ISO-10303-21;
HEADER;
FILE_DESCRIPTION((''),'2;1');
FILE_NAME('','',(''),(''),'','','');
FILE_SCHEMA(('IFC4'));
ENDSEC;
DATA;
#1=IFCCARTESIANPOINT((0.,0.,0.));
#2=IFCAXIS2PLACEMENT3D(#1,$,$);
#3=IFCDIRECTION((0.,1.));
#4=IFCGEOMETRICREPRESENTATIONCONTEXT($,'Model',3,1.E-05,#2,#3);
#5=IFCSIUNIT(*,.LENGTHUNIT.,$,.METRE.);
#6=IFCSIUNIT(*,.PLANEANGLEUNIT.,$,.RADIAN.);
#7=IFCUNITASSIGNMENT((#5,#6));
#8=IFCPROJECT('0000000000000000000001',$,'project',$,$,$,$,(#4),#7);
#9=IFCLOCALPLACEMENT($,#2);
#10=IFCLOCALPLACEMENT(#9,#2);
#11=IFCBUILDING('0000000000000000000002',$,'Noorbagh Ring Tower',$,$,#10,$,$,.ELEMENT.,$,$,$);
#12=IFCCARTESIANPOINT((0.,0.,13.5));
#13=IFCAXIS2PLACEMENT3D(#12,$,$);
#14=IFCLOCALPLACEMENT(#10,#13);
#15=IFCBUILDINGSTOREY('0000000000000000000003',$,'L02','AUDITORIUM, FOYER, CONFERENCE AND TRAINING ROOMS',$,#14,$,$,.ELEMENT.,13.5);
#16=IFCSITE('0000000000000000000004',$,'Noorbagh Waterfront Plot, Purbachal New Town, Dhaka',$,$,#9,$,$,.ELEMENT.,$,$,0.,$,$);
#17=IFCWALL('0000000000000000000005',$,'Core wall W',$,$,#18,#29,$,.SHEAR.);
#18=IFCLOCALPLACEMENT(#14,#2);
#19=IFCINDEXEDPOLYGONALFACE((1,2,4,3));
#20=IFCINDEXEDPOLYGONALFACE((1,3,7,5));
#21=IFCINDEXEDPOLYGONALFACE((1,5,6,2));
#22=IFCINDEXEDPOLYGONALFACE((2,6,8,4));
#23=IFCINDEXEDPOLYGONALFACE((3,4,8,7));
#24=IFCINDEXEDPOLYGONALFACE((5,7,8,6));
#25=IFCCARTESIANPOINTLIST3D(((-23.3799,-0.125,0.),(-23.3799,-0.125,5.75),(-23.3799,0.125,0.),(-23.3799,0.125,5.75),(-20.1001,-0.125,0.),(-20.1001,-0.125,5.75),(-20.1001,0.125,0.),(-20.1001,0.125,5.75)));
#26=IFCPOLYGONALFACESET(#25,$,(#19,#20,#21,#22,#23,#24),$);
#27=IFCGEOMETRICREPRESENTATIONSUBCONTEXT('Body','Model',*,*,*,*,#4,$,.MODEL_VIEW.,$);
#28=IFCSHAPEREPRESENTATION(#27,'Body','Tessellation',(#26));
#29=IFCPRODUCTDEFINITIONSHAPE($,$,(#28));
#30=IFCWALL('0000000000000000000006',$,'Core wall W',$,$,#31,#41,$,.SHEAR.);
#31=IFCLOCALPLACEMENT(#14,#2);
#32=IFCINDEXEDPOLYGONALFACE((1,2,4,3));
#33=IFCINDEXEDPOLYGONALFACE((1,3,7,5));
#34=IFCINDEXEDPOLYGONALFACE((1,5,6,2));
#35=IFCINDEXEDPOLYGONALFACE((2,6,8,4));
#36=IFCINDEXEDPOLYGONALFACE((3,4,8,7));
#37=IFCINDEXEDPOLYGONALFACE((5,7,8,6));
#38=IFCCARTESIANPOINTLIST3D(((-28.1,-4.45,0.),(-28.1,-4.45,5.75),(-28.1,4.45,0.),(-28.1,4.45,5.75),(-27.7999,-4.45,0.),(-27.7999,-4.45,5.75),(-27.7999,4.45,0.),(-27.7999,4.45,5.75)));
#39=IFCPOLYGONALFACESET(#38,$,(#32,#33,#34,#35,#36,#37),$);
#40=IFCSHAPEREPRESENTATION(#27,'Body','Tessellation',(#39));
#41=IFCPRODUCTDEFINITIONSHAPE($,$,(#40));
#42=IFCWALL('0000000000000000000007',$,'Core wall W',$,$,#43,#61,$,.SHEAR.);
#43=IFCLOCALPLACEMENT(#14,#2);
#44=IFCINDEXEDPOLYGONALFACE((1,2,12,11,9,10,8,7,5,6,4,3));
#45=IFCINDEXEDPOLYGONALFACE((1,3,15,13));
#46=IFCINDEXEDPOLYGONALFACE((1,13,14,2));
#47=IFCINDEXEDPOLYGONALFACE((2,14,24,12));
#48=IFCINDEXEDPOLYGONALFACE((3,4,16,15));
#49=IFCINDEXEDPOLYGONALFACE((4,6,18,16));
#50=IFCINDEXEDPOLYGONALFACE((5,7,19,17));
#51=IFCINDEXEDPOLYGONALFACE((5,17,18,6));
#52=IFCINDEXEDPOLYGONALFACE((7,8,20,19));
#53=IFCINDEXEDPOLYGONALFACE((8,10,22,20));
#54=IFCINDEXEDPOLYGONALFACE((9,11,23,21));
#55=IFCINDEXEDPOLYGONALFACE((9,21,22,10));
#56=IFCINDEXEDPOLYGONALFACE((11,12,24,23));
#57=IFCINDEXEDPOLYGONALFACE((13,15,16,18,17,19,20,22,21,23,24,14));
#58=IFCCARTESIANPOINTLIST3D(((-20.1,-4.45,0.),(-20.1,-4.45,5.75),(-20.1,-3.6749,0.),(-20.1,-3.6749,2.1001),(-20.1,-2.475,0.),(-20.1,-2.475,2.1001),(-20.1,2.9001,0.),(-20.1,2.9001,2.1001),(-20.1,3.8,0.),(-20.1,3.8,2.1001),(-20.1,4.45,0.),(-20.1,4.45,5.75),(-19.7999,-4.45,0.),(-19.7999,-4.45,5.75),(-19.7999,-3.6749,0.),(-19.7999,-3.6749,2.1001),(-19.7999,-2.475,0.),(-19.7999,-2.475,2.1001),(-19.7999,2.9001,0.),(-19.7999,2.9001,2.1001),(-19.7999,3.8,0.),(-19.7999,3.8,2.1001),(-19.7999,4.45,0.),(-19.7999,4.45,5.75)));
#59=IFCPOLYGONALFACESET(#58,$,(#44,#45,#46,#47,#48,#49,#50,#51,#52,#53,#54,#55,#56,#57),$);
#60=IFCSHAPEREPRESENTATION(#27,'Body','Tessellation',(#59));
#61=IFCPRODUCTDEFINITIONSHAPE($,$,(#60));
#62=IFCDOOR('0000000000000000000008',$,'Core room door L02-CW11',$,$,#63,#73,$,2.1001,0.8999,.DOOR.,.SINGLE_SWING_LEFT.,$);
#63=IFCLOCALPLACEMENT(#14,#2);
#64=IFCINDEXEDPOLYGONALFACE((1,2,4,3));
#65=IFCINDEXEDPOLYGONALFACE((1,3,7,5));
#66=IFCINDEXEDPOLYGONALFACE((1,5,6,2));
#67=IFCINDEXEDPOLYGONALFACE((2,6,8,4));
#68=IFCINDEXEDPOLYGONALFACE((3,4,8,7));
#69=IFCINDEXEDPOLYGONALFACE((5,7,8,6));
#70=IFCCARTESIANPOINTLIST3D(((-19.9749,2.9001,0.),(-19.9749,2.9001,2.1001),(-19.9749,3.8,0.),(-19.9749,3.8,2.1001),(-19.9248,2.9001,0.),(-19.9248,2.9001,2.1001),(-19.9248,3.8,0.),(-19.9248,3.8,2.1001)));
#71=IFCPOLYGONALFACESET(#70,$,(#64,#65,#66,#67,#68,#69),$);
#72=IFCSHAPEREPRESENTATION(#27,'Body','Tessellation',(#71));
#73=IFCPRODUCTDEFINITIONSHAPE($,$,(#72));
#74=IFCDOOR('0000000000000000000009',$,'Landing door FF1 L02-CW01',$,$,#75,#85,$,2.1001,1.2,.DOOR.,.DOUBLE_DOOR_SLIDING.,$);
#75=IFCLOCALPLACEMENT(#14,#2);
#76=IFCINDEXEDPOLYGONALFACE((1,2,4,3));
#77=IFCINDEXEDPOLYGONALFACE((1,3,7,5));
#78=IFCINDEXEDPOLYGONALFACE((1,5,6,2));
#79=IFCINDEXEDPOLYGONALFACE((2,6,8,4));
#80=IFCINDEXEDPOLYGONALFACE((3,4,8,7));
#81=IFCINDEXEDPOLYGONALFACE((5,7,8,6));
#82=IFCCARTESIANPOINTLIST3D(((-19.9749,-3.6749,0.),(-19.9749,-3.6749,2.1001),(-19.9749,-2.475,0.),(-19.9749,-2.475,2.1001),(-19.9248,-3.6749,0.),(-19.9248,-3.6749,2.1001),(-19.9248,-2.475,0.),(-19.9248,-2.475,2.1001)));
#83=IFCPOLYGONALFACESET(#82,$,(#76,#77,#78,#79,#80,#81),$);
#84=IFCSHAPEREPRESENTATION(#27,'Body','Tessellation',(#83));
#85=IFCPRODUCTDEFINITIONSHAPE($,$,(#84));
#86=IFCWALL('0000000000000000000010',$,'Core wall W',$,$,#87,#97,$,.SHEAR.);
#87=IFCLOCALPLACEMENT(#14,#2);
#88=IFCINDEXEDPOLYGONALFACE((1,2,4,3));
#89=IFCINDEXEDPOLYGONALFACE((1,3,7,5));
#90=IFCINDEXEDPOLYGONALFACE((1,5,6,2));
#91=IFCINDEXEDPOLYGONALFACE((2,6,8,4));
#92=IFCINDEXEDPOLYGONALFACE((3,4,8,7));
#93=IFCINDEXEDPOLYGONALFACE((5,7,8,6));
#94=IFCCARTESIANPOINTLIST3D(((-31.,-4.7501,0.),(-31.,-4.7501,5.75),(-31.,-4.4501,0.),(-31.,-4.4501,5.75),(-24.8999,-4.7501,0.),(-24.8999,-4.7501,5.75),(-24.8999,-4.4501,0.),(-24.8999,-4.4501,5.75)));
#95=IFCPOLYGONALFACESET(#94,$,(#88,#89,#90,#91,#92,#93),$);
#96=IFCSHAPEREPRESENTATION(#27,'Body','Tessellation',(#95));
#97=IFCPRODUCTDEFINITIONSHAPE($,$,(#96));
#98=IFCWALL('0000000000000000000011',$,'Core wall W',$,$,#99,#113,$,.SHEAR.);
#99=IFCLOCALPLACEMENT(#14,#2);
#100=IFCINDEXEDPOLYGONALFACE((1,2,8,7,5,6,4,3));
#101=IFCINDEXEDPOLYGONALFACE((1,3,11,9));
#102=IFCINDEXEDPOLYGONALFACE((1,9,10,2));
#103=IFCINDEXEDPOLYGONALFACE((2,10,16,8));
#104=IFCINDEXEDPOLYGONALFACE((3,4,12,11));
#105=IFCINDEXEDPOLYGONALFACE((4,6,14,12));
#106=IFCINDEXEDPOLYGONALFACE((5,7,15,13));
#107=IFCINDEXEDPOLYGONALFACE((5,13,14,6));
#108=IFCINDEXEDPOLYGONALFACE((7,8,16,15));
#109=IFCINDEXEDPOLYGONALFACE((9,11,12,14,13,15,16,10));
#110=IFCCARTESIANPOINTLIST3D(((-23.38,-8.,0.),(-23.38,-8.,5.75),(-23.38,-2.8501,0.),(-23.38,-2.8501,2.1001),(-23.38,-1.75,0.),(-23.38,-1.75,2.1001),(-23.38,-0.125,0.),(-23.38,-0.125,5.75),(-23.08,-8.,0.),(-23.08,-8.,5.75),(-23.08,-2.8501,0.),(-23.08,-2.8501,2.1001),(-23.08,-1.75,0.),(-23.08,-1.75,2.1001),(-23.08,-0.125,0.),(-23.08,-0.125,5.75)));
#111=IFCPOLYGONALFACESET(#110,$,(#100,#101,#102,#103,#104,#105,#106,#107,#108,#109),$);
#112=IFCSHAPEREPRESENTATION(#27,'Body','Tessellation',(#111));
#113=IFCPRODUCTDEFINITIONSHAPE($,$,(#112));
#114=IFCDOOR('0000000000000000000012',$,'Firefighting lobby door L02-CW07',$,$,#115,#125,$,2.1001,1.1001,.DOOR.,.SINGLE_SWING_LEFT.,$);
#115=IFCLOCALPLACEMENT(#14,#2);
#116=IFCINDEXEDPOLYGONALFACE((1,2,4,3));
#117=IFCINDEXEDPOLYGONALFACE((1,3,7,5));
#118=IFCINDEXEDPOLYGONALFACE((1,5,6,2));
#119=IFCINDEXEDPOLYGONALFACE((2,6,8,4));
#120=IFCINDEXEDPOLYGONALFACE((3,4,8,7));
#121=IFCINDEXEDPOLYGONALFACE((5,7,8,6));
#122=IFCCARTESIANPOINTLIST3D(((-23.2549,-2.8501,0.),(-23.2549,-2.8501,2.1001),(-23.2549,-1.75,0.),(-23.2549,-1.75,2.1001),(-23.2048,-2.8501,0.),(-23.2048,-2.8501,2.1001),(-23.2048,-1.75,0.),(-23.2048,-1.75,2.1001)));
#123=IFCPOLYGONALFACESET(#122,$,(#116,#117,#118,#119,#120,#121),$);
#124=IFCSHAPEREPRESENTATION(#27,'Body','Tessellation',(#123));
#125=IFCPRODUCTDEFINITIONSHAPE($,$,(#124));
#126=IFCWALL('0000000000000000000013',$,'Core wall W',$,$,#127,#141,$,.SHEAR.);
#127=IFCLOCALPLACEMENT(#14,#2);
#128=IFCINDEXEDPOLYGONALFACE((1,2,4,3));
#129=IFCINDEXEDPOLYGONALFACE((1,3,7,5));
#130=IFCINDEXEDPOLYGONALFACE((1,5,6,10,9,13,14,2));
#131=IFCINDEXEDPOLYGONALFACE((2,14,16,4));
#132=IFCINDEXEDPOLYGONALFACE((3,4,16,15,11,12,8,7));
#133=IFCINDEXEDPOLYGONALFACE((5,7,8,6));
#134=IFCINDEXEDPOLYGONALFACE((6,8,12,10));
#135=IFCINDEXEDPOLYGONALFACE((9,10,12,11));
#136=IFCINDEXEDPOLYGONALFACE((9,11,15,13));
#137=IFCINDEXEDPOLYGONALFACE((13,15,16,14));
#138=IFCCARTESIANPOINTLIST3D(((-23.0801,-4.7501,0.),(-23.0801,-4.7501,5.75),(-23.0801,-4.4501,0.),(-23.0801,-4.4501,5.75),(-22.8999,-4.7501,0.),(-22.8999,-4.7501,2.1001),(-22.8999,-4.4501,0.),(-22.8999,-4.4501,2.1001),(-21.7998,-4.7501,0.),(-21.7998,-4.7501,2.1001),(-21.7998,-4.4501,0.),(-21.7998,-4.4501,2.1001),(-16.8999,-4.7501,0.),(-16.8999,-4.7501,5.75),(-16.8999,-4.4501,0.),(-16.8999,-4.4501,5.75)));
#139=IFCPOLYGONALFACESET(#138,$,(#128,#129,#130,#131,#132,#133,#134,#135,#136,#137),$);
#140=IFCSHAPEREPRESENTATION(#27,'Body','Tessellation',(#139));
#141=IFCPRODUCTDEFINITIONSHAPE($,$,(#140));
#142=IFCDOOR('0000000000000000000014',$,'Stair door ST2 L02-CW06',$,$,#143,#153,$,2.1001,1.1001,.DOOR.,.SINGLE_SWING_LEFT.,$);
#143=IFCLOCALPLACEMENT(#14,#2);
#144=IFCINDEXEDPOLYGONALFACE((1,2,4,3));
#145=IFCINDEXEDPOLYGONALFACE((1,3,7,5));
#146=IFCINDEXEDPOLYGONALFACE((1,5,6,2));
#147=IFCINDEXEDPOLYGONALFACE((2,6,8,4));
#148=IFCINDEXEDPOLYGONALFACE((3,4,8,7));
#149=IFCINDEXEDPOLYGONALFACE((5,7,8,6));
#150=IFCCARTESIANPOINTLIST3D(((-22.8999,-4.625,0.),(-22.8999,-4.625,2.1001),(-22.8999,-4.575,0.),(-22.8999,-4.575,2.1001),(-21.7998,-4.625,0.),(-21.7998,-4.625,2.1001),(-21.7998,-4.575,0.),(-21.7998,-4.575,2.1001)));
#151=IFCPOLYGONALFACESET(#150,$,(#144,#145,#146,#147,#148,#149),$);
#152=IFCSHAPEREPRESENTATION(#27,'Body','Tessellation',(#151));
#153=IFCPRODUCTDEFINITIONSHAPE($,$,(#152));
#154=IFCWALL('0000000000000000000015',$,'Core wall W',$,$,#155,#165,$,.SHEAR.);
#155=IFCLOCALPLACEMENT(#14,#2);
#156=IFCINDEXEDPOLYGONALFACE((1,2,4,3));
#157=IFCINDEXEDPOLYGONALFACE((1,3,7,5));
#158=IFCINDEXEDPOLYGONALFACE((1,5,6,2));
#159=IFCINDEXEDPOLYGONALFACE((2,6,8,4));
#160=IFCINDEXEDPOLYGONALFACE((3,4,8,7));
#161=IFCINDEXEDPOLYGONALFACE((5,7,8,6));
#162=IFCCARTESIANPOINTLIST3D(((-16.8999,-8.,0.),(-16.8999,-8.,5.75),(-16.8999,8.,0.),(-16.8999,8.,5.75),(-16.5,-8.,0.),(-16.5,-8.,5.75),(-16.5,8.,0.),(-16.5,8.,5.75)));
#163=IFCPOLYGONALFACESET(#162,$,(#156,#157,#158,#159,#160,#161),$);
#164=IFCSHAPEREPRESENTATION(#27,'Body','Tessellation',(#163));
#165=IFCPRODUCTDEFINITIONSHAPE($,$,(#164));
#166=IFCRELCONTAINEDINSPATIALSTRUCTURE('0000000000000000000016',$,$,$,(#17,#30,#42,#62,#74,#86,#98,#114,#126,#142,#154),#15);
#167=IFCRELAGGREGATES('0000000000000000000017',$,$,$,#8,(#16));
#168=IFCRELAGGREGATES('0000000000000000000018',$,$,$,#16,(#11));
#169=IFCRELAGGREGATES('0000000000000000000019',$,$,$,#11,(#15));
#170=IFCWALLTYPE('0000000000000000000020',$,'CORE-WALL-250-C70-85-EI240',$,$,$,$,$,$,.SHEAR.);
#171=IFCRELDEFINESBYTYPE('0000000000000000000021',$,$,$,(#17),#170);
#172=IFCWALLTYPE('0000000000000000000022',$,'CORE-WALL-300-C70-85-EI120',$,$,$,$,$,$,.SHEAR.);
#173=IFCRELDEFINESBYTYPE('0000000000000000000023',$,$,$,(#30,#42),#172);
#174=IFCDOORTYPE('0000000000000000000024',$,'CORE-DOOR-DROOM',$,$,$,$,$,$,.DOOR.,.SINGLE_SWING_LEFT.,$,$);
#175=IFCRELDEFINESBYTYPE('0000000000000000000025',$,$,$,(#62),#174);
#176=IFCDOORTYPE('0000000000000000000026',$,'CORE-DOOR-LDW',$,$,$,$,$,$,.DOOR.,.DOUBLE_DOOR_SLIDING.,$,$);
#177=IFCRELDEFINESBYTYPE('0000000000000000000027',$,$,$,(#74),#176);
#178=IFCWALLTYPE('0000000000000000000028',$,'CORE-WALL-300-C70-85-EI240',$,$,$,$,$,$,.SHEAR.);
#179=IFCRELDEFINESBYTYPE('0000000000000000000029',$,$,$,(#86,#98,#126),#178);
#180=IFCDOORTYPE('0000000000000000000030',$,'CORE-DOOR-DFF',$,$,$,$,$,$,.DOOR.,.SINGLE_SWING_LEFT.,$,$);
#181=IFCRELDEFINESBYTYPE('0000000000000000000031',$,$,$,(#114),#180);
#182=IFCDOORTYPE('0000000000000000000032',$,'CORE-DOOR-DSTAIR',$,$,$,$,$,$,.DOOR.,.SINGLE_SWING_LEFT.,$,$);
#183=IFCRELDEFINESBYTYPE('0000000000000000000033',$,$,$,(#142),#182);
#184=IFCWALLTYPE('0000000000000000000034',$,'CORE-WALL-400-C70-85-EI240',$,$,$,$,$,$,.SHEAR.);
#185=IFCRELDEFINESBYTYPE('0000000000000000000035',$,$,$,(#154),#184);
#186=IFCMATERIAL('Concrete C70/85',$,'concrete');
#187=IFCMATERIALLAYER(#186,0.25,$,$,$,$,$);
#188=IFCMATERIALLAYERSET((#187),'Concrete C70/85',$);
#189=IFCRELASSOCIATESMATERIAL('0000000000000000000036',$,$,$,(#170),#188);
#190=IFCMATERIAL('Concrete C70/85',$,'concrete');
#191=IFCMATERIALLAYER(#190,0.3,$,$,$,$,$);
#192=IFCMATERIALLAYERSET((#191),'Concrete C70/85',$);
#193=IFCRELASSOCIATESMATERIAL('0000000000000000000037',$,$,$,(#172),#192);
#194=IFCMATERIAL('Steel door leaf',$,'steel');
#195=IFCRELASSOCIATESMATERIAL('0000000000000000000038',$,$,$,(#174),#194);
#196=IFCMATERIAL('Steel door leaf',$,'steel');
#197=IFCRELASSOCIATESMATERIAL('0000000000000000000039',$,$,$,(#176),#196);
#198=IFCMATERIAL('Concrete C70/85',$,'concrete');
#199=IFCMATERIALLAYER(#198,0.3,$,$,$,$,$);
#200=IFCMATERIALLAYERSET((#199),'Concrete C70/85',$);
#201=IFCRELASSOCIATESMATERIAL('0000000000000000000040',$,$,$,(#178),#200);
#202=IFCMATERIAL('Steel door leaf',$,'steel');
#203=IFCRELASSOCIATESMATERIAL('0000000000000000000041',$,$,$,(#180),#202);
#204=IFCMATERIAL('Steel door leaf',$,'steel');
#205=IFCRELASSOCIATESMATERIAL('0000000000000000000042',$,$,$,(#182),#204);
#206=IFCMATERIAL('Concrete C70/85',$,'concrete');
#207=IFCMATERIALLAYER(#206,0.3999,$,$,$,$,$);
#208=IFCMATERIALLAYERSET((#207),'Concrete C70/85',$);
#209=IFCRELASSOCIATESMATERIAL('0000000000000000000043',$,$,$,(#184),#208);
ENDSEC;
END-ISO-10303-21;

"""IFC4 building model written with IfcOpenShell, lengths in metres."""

from ifc_helpers import new_model, si_unit, direction, frame, frame_2d, origin, place, context, subcontext, project, spatial, rectangle, extrude, material, layer, layer_set, type_object, element, fill, save


model = new_model("IFC4")

# Units and contexts
model_context = context("Model", 3, precision=1e-05, world=origin(), true_north=direction((0.0, 1.0)))
body_context = subcontext(model_context, "Body", "Model", "MODEL_VIEW")
ifc_project = project(units=[si_unit("LENGTHUNIT", "METRE"), si_unit("PLANEANGLEUNIT", "RADIAN")], contexts=[model_context])

# Site, building, storey
site_placement = place(None, origin())
site = spatial("IfcSite", under=ifc_project, at=site_placement, Name="Noorbagh Waterfront Plot, Purbachal New Town, Dhaka", CompositionType="ELEMENT", RefElevation=0.0)
building_placement = place(site_placement, origin())
building = spatial("IfcBuilding", under=site, at=building_placement, Name="Noorbagh Ring Tower", CompositionType="ELEMENT")
storey_placement = place(building_placement, frame((0.0, 0.0, 13.5)))
storey = spatial("IfcBuildingStorey", under=building, at=storey_placement, Name="L02", Description="AUDITORIUM, FOYER, CONFERENCE AND TRAINING ROOMS", CompositionType="ELEMENT", Elevation=13.5)

# Walls
ifc_material_1 = material(Name="Concrete C70/85", Category="concrete")
ifc_layer_1 = layer(ifc_material_1, 0.25)
ifc_layer_set_1 = layer_set([ifc_layer_1], Name="Concrete C70/85")
wall_type_1 = type_object("IfcWallType", Name="CORE-WALL-250-C70-85-EI240", PredefinedType="SHEAR", material=ifc_layer_set_1)
wall_1_placement = place(storey_placement, frame((-20.1001, 0.0, 0.0), z_axis=(0.0, 0.0, 1.0), x_axis=(-1.0, 0.0, 0.0)))
element("IfcWall", 1, at=wall_1_placement, inside=storey, type_object=wall_type_1, Name="Core wall W", PredefinedType="SHEAR", context=body_context, shape_type="SweptSolid", body=[
    extrude(rectangle(XDim=3.2798, YDim=0.25, at=frame_2d((1.6399, 0.0))), origin(), (0.0, 0.0, 1.0), 5.75),
])
ifc_material_2 = material(Name="Concrete C70/85", Category="concrete")
ifc_layer_2 = layer(ifc_material_2, 0.3)
ifc_layer_set_2 = layer_set([ifc_layer_2], Name="Concrete C70/85")
wall_type_2 = type_object("IfcWallType", Name="CORE-WALL-300-C70-85-EI120", PredefinedType="SHEAR", material=ifc_layer_set_2)
wall_2_placement = place(storey_placement, frame((-27.95, -4.45, 0.0), z_axis=(0.0, 0.0, 1.0), x_axis=(0.0, 1.0, 0.0)))
element("IfcWall", 2, at=wall_2_placement, inside=storey, type_object=wall_type_2, Name="Core wall W", PredefinedType="SHEAR", context=body_context, shape_type="SweptSolid", body=[
    extrude(rectangle(XDim=8.8999, YDim=0.3, at=frame_2d((4.45, 0.0))), origin(), (0.0, 0.0, 1.0), 5.75),
])

# Wall, openings, doors
wall_3_placement = place(storey_placement, frame((-19.95, -4.45, 0.0), z_axis=(0.0, 0.0, 1.0), x_axis=(0.0, 1.0, 0.0)))
wall_3 = element("IfcWall", 3, at=wall_3_placement, inside=storey, type_object=wall_type_2, Name="Core wall W", PredefinedType="SHEAR", context=body_context, shape_type="SweptSolid", body=[
    extrude(rectangle(XDim=8.8999, YDim=0.3, at=frame_2d((4.45, 0.0))), origin(), (0.0, 0.0, 1.0), 5.75),
])
opening_1_placement = place(wall_3_placement, frame((0.7749, 0.0, 0.0)))
opening_1 = element("IfcOpeningElement", 4, at=opening_1_placement, cuts=wall_3, PredefinedType="OPENING", context=body_context, shape_type="SweptSolid", body=[
    extrude(rectangle(XDim=1.2, YDim=2.1001, at=frame_2d((0.6001, 1.05))), frame((0.0, 0.1602, 0.0), z_axis=(0.0, -1.0, 0.0), x_axis=(1.0, 0.0, 0.0)), (0.0, 0.0, 1.0), 0.3201),
])
opening_2_placement = place(wall_3_placement, frame((7.3501, 0.0, 0.0)))
opening_2 = element("IfcOpeningElement", 5, at=opening_2_placement, cuts=wall_3, PredefinedType="OPENING", context=body_context, shape_type="SweptSolid", body=[
    extrude(rectangle(XDim=0.8999, YDim=2.1001, at=frame_2d((0.45, 1.05))), frame((0.0, 0.1602, 0.0), z_axis=(0.0, -1.0, 0.0), x_axis=(1.0, 0.0, 0.0)), (0.0, 0.0, 1.0), 0.3201),
])
ifc_material_3 = material(Name="Steel door leaf", Category="steel")
door_type_1 = type_object("IfcDoorType", Name="CORE-DOOR-DROOM", OperationType="SINGLE_SWING_LEFT", PredefinedType="DOOR", material=ifc_material_3)
door_1_placement = place(opening_2_placement, origin())
door_1 = element("IfcDoor", 6, at=door_1_placement, inside=storey, type_object=door_type_1, Name="Core room door L02-CW11", OperationType="SINGLE_SWING_LEFT", OverallHeight=2.1001, OverallWidth=0.8999, PredefinedType="DOOR", context=body_context, shape_type="SweptSolid", body=[
    extrude(rectangle(XDim=0.8999, YDim=2.1001, at=frame_2d((0.45, 1.05))), frame((0.0, 0.0249, 0.0), z_axis=(0.0, -1.0, 0.0), x_axis=(1.0, 0.0, 0.0)), (0.0, 0.0, 1.0), 0.05),
])
fill(opening_2, door_1)
ifc_material_4 = material(Name="Steel door leaf", Category="steel")
door_type_2 = type_object("IfcDoorType", Name="CORE-DOOR-LDW", OperationType="DOUBLE_DOOR_SLIDING", PredefinedType="DOOR", material=ifc_material_4)
door_2_placement = place(opening_1_placement, origin())
door_2 = element("IfcDoor", 7, at=door_2_placement, inside=storey, type_object=door_type_2, Name="Landing door FF1 L02-CW01", OperationType="DOUBLE_DOOR_SLIDING", OverallHeight=2.1001, OverallWidth=1.2, PredefinedType="DOOR", context=body_context, shape_type="SweptSolid", body=[
    extrude(rectangle(XDim=1.2, YDim=2.1001, at=frame_2d((0.6001, 1.05))), frame((0.0, 0.0249, 0.0), z_axis=(0.0, -1.0, 0.0), x_axis=(1.0, 0.0, 0.0)), (0.0, 0.0, 1.0), 0.05),
])
fill(opening_1, door_2)

# Wall
ifc_material_5 = material(Name="Concrete C70/85", Category="concrete")
ifc_layer_3 = layer(ifc_material_5, 0.3)
ifc_layer_set_3 = layer_set([ifc_layer_3], Name="Concrete C70/85")
wall_type_3 = type_object("IfcWallType", Name="CORE-WALL-300-C70-85-EI240", PredefinedType="SHEAR", material=ifc_layer_set_3)
wall_4_placement = place(storey_placement, frame((-24.8999, -4.6001, 0.0), z_axis=(0.0, 0.0, 1.0), x_axis=(-1.0, 0.0, 0.0)))
element("IfcWall", 8, at=wall_4_placement, inside=storey, type_object=wall_type_3, Name="Core wall W", PredefinedType="SHEAR", context=body_context, shape_type="SweptSolid", body=[
    extrude(rectangle(XDim=6.1001, YDim=0.3, at=frame_2d((3.05, 0.0))), origin(), (0.0, 0.0, 1.0), 5.75),
])

# Walls, openings, doors
wall_5_placement = place(storey_placement, frame((-23.23, -8.0, 0.0), z_axis=(0.0, 0.0, 1.0), x_axis=(0.0, 1.0, 0.0)))
wall_5 = element("IfcWall", 9, at=wall_5_placement, inside=storey, type_object=wall_type_3, Name="Core wall W", PredefinedType="SHEAR", context=body_context, shape_type="SweptSolid", body=[
    extrude(rectangle(XDim=7.875, YDim=0.3, at=frame_2d((3.9375, 0.0))), origin(), (0.0, 0.0, 1.0), 5.75),
])
opening_3_placement = place(wall_5_placement, frame((5.1499, 0.0, 0.0)))
opening_3 = element("IfcOpeningElement", 10, at=opening_3_placement, cuts=wall_5, PredefinedType="OPENING", context=body_context, shape_type="SweptSolid", body=[
    extrude(rectangle(XDim=1.1001, YDim=2.1001, at=frame_2d((0.55, 1.05))), frame((0.0, 0.1602, 0.0), z_axis=(0.0, -1.0, 0.0), x_axis=(1.0, 0.0, 0.0)), (0.0, 0.0, 1.0), 0.3201),
])
ifc_material_6 = material(Name="Steel door leaf", Category="steel")
door_type_3 = type_object("IfcDoorType", Name="CORE-DOOR-DFF", OperationType="SINGLE_SWING_LEFT", PredefinedType="DOOR", material=ifc_material_6)
door_3_placement = place(opening_3_placement, origin())
door_3 = element("IfcDoor", 11, at=door_3_placement, inside=storey, type_object=door_type_3, Name="Firefighting lobby door L02-CW07", OperationType="SINGLE_SWING_LEFT", OverallHeight=2.1001, OverallWidth=1.1001, PredefinedType="DOOR", context=body_context, shape_type="SweptSolid", body=[
    extrude(rectangle(XDim=1.1001, YDim=2.1001, at=frame_2d((0.55, 1.05))), frame((0.0, 0.0249, 0.0), z_axis=(0.0, -1.0, 0.0), x_axis=(1.0, 0.0, 0.0)), (0.0, 0.0, 1.0), 0.05),
])
fill(opening_3, door_3)
wall_6_placement = place(storey_placement, frame((-16.8999, -4.6001, 0.0), z_axis=(0.0, 0.0, 1.0), x_axis=(-1.0, 0.0, 0.0)))
wall_6 = element("IfcWall", 12, at=wall_6_placement, inside=storey, type_object=wall_type_3, Name="Core wall W", PredefinedType="SHEAR", context=body_context, shape_type="SweptSolid", body=[
    extrude(rectangle(XDim=6.1802, YDim=0.3, at=frame_2d((3.0901, 0.0))), origin(), (0.0, 0.0, 1.0), 5.75),
])
opening_4_placement = place(wall_6_placement, frame((4.8999, 0.0, 0.0)))
opening_4 = element("IfcOpeningElement", 13, at=opening_4_placement, cuts=wall_6, PredefinedType="OPENING", context=body_context, shape_type="SweptSolid", body=[
    extrude(rectangle(XDim=1.1001, YDim=2.1001, at=frame_2d((0.55, 1.05))), frame((0.0, 0.1602, 0.0), z_axis=(0.0, -1.0, 0.0), x_axis=(1.0, 0.0, 0.0)), (0.0, 0.0, 1.0), 0.3201),
])
ifc_material_7 = material(Name="Steel door leaf", Category="steel")
door_type_4 = type_object("IfcDoorType", Name="CORE-DOOR-DSTAIR", OperationType="SINGLE_SWING_LEFT", PredefinedType="DOOR", material=ifc_material_7)
door_4_placement = place(opening_4_placement, origin())
door_4 = element("IfcDoor", 14, at=door_4_placement, inside=storey, type_object=door_type_4, Name="Stair door ST2 L02-CW06", OperationType="SINGLE_SWING_LEFT", OverallHeight=2.1001, OverallWidth=1.1001, PredefinedType="DOOR", context=body_context, shape_type="SweptSolid", body=[
    extrude(rectangle(XDim=1.1001, YDim=2.1001, at=frame_2d((0.55, 1.05))), frame((0.0, 0.0249, 0.0), z_axis=(0.0, -1.0, 0.0), x_axis=(1.0, 0.0, 0.0)), (0.0, 0.0, 1.0), 0.05),
])
fill(opening_4, door_4)

# Wall
ifc_material_8 = material(Name="Concrete C70/85", Category="concrete")
ifc_layer_4 = layer(ifc_material_8, 0.3999)
ifc_layer_set_4 = layer_set([ifc_layer_4], Name="Concrete C70/85")
wall_type_4 = type_object("IfcWallType", Name="CORE-WALL-400-C70-85-EI240", PredefinedType="SHEAR", material=ifc_layer_set_4)
wall_7_placement = place(storey_placement, frame((-16.7, -8.0, 0.0), z_axis=(0.0, 0.0, 1.0), x_axis=(0.0, 1.0, 0.0)))
element("IfcWall", 15, at=wall_7_placement, inside=storey, type_object=wall_type_4, Name="Core wall W", PredefinedType="SHEAR", context=body_context, shape_type="SweptSolid", body=[
    extrude(rectangle(XDim=16.0, YDim=0.3999, at=frame_2d((8.0, 0.0))), origin(), (0.0, 0.0, 1.0), 5.75),
])

save(model, "model.ifc")
